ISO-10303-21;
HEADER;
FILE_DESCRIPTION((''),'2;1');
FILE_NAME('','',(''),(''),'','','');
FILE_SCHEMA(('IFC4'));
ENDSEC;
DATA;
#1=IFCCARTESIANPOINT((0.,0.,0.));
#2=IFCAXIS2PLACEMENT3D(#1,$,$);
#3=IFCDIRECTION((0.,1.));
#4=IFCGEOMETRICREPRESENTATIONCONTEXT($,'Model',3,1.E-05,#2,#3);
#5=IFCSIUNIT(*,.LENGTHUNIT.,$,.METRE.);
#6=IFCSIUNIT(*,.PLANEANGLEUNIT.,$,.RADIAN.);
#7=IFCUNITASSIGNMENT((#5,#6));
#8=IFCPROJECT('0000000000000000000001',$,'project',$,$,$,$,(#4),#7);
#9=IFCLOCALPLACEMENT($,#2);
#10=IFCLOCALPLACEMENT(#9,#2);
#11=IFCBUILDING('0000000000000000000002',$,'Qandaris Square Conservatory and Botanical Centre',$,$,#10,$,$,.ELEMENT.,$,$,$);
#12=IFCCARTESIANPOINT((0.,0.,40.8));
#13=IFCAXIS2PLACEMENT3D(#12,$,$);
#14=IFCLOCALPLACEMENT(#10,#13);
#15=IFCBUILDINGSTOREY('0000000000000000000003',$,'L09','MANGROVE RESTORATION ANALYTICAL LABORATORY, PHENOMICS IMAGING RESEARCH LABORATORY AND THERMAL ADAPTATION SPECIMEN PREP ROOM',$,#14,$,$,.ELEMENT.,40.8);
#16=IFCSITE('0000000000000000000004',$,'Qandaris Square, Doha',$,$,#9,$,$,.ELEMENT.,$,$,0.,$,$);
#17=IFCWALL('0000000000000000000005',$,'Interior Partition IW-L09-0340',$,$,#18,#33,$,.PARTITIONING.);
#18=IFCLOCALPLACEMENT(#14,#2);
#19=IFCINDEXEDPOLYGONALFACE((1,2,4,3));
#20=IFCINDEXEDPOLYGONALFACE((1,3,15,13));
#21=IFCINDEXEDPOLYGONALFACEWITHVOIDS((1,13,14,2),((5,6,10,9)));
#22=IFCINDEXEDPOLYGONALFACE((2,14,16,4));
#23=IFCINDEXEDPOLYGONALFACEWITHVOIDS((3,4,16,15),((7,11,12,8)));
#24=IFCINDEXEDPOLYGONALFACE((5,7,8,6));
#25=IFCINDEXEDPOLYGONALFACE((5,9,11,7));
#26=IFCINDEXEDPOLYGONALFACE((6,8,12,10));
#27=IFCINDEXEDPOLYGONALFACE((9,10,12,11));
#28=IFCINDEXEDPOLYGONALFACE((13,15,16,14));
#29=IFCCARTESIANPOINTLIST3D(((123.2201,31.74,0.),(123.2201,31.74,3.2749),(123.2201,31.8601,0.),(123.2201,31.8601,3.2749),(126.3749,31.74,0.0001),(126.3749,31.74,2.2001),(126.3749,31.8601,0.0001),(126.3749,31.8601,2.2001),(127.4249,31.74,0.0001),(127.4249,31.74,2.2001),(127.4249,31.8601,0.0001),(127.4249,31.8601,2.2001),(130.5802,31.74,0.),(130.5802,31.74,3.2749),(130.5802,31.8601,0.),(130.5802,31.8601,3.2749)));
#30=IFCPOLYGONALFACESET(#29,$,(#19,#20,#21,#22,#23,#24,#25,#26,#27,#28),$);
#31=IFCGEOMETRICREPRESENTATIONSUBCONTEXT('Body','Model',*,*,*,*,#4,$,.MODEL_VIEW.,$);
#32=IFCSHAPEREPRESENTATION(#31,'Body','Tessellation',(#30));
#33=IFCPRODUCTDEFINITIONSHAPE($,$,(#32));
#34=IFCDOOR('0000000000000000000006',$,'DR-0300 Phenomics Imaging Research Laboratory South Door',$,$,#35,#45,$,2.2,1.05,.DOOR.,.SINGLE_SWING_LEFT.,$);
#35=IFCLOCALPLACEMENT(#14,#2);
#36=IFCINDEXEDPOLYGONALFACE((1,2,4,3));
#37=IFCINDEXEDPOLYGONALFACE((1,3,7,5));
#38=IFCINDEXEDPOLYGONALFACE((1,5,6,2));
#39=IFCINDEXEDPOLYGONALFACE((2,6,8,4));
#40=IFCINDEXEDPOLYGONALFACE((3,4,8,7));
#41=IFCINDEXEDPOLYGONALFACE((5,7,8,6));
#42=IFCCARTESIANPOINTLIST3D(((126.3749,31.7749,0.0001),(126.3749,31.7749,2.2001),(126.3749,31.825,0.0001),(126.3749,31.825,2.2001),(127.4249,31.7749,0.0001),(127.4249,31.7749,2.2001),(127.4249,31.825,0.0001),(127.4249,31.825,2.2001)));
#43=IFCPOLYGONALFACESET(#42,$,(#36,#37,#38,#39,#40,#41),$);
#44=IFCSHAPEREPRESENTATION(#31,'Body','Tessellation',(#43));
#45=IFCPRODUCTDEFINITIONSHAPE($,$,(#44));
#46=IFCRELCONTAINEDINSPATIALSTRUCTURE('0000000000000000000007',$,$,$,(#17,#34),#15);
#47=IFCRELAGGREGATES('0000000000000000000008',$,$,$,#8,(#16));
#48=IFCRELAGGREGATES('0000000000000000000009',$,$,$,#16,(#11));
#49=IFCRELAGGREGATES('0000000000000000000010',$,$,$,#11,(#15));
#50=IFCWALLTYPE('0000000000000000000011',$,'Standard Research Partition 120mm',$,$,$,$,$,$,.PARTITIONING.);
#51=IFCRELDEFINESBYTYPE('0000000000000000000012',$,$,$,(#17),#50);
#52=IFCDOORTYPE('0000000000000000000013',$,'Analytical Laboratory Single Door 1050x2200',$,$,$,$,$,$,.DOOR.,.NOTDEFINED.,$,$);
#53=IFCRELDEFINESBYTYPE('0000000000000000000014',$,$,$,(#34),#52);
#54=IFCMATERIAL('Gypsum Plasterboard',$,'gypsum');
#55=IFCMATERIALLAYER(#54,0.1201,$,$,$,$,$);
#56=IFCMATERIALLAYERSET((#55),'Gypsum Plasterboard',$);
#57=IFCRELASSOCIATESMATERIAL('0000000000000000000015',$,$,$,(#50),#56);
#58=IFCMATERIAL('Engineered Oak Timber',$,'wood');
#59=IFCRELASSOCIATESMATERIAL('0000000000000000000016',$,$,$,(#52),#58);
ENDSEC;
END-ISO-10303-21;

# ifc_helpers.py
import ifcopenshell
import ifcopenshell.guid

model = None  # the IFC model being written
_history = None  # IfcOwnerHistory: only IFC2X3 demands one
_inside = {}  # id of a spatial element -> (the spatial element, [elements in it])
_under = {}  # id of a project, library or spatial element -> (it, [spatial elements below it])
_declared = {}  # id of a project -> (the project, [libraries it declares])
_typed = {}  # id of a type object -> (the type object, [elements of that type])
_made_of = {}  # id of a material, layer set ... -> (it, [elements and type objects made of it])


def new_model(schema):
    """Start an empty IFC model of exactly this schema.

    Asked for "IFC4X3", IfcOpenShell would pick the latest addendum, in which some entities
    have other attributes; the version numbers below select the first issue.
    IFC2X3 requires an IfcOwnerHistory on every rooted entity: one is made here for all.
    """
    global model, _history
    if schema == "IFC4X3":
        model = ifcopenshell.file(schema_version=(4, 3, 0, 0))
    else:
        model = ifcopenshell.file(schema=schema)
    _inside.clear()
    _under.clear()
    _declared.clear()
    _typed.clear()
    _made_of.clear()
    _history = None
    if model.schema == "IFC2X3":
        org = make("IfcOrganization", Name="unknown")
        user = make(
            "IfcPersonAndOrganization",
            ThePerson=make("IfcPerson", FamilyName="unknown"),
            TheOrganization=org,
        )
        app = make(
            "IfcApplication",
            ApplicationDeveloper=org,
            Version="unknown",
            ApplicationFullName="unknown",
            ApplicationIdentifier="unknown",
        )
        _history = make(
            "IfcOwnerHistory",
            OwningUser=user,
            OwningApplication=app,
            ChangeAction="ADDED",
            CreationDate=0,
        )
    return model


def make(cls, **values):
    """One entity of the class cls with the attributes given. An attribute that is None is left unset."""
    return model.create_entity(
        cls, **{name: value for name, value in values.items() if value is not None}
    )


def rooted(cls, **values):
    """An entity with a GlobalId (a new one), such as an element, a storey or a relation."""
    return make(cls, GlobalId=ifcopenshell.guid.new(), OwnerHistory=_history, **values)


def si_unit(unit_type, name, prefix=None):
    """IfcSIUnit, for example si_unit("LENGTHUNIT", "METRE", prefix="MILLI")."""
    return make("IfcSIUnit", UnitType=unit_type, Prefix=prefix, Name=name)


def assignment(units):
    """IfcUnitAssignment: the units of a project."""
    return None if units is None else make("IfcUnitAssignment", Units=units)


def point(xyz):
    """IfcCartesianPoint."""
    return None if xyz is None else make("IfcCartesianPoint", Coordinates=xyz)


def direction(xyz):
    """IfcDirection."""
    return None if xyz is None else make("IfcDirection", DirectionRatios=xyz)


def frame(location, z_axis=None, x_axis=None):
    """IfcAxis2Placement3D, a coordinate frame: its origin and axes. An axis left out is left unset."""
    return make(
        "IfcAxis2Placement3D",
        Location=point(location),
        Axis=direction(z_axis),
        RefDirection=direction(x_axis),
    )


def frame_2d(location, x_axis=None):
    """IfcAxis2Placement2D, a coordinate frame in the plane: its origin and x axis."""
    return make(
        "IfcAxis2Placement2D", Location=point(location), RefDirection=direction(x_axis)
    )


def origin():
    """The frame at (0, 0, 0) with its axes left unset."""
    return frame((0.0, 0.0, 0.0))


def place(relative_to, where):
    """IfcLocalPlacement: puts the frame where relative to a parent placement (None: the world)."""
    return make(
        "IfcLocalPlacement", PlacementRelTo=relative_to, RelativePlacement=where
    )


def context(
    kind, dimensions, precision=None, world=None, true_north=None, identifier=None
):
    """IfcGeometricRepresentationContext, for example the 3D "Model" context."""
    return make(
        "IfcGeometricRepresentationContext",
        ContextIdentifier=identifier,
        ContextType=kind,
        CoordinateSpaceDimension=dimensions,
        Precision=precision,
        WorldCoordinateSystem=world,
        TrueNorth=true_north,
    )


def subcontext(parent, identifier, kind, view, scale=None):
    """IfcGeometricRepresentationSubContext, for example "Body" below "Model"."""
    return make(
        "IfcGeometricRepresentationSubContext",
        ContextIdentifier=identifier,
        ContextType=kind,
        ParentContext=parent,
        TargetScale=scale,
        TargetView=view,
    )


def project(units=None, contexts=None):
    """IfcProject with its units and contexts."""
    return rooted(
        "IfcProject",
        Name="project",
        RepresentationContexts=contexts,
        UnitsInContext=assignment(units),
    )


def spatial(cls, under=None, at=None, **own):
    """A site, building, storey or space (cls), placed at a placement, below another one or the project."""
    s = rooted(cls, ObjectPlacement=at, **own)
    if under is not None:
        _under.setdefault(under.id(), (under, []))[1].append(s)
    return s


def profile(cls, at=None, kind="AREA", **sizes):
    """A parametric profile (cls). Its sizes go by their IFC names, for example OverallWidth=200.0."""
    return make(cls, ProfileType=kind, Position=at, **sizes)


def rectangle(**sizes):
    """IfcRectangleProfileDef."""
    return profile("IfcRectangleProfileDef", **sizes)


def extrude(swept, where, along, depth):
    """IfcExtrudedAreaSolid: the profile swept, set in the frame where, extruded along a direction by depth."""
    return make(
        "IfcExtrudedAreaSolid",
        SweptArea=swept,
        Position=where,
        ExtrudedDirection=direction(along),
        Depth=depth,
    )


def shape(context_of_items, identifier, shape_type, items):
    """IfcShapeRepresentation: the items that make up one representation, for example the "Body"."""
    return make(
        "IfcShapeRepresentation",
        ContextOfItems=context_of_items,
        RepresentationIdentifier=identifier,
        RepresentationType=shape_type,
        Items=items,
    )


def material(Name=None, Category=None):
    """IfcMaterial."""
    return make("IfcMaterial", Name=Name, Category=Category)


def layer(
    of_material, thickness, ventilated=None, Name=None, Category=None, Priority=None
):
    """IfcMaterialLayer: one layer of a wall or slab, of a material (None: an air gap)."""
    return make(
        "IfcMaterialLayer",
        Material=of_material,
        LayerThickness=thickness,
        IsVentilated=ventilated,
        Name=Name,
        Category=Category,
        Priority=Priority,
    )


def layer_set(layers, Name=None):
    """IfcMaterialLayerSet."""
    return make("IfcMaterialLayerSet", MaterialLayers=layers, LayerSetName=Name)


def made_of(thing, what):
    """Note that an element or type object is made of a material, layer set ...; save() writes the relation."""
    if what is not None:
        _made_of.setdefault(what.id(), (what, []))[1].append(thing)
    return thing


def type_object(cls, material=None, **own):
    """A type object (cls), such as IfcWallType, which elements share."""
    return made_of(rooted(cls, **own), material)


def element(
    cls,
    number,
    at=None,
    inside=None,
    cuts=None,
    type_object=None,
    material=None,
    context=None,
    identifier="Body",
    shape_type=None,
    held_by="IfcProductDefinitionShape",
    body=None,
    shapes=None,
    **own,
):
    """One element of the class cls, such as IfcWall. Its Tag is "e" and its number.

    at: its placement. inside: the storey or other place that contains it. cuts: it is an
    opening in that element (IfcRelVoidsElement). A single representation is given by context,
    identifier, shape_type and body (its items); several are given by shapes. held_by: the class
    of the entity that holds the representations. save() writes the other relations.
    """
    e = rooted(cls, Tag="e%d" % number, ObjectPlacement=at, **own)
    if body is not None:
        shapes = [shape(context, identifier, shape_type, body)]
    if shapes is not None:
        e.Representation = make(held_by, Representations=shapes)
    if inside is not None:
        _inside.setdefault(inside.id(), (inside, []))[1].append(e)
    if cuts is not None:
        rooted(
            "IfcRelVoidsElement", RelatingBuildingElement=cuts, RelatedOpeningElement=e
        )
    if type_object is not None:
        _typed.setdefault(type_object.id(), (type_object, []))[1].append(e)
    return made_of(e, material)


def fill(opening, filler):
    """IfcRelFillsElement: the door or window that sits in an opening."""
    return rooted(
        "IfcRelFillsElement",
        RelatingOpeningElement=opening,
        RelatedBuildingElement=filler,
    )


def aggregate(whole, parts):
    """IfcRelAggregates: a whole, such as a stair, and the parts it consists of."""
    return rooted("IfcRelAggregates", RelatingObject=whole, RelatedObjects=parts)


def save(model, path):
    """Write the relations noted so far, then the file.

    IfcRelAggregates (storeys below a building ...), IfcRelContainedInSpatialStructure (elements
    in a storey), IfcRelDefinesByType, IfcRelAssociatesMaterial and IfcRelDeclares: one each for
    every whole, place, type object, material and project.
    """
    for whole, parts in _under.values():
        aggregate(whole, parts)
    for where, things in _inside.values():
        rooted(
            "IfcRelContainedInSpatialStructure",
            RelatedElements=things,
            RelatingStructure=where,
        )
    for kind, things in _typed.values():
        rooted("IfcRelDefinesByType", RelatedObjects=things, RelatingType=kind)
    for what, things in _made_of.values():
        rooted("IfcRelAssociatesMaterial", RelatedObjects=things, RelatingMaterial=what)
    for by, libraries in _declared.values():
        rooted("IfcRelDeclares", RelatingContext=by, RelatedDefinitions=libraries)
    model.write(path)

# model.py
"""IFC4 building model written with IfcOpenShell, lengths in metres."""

from ifc_helpers import new_model, si_unit, direction, frame, frame_2d, origin, place, context, subcontext, project, spatial, rectangle, extrude, material, layer, layer_set, type_object, element, fill, save


model = new_model("IFC4")

# Units and contexts
model_context = context("Model", 3, precision=1e-05, world=origin(), true_north=direction((0.0, 1.0)))
body_context = subcontext(model_context, "Body", "Model", "MODEL_VIEW")
ifc_project = project(units=[si_unit("LENGTHUNIT", "METRE"), si_unit("PLANEANGLEUNIT", "RADIAN")], contexts=[model_context])

# Site, building, storey
site_placement = place(None, origin())
site = spatial("IfcSite", under=ifc_project, at=site_placement, Name="Qandaris Square, Doha", CompositionType="ELEMENT", RefElevation=0.0)
building_placement = place(site_placement, origin())
building = spatial("IfcBuilding", under=site, at=building_placement, Name="Qandaris Square Conservatory and Botanical Centre", CompositionType="ELEMENT")
storey_placement = place(building_placement, frame((0.0, 0.0, 40.8)))
storey = spatial("IfcBuildingStorey", under=building, at=storey_placement, Name="L09", Description="MANGROVE RESTORATION ANALYTICAL LABORATORY, PHENOMICS IMAGING RESEARCH LABORATORY AND THERMAL ADAPTATION SPECIMEN PREP ROOM", CompositionType="ELEMENT", Elevation=40.8)

# Shared definitions
ifc_material_1 = material(Name="Gypsum Plasterboard", Category="gypsum")
ifc_material_2 = material(Name="Engineered Oak Timber", Category="wood")

# Wall, opening, door
ifc_layer_1 = layer(ifc_material_1, 0.1201)
ifc_layer_set_1 = layer_set([ifc_layer_1], Name="Gypsum Plasterboard")
wall_type_1 = type_object("IfcWallType", Name="Standard Research Partition 120mm", PredefinedType="PARTITIONING", material=ifc_layer_set_1)
wall_1_placement = place(storey_placement, frame((123.22, 31.8, 0.0), z_axis=(0.0, 0.0, 1.0), x_axis=(1.0, 0.0, 0.0)))
wall_1 = element("IfcWall", 1, at=wall_1_placement, inside=storey, type_object=wall_type_1, Name="Interior Partition IW-L09-0340", PredefinedType="PARTITIONING", context=body_context, shape_type="SweptSolid", body=[
    extrude(rectangle(XDim=7.3601, YDim=0.1201, at=frame_2d((3.6802, 0.0))), origin(), (0.0, 0.0, 1.0), 3.2749),
])
opening_1_placement = place(wall_1_placement, frame((3.155, 0.0, 0.0)))
opening_1 = element("IfcOpeningElement", 2, at=opening_1_placement, cuts=wall_1, PredefinedType="OPENING", context=body_context, shape_type="SweptSolid", body=[
    extrude(rectangle(XDim=1.05, YDim=2.2, at=frame_2d((0.5249, 1.1001))), frame((0.0, 0.072, 0.0), z_axis=(0.0, -1.0, 0.0), x_axis=(1.0, 0.0, 0.0)), (0.0, 0.0, 1.0), 0.144),
])
door_type_1 = type_object("IfcDoorType", Name="Analytical Laboratory Single Door 1050x2200", OperationType="NOTDEFINED", PredefinedType="DOOR", material=ifc_material_2)
door_1_placement = place(opening_1_placement, origin())
door_1 = element("IfcDoor", 3, at=door_1_placement, inside=storey, type_object=door_type_1, Name="DR-0300 Phenomics Imaging Research Laboratory South Door", OperationType="SINGLE_SWING_LEFT", OverallHeight=2.2, OverallWidth=1.05, PredefinedType="DOOR", context=body_context, shape_type="SweptSolid", body=[
    extrude(rectangle(XDim=1.05, YDim=2.2, at=frame_2d((0.5249, 1.1001))), frame((0.0, 0.0249, 0.0), z_axis=(0.0, -1.0, 0.0), x_axis=(1.0, 0.0, 0.0)), (0.0, 0.0, 1.0), 0.05),
])
fill(opening_1, door_1)

save(model, "model.ifc")
